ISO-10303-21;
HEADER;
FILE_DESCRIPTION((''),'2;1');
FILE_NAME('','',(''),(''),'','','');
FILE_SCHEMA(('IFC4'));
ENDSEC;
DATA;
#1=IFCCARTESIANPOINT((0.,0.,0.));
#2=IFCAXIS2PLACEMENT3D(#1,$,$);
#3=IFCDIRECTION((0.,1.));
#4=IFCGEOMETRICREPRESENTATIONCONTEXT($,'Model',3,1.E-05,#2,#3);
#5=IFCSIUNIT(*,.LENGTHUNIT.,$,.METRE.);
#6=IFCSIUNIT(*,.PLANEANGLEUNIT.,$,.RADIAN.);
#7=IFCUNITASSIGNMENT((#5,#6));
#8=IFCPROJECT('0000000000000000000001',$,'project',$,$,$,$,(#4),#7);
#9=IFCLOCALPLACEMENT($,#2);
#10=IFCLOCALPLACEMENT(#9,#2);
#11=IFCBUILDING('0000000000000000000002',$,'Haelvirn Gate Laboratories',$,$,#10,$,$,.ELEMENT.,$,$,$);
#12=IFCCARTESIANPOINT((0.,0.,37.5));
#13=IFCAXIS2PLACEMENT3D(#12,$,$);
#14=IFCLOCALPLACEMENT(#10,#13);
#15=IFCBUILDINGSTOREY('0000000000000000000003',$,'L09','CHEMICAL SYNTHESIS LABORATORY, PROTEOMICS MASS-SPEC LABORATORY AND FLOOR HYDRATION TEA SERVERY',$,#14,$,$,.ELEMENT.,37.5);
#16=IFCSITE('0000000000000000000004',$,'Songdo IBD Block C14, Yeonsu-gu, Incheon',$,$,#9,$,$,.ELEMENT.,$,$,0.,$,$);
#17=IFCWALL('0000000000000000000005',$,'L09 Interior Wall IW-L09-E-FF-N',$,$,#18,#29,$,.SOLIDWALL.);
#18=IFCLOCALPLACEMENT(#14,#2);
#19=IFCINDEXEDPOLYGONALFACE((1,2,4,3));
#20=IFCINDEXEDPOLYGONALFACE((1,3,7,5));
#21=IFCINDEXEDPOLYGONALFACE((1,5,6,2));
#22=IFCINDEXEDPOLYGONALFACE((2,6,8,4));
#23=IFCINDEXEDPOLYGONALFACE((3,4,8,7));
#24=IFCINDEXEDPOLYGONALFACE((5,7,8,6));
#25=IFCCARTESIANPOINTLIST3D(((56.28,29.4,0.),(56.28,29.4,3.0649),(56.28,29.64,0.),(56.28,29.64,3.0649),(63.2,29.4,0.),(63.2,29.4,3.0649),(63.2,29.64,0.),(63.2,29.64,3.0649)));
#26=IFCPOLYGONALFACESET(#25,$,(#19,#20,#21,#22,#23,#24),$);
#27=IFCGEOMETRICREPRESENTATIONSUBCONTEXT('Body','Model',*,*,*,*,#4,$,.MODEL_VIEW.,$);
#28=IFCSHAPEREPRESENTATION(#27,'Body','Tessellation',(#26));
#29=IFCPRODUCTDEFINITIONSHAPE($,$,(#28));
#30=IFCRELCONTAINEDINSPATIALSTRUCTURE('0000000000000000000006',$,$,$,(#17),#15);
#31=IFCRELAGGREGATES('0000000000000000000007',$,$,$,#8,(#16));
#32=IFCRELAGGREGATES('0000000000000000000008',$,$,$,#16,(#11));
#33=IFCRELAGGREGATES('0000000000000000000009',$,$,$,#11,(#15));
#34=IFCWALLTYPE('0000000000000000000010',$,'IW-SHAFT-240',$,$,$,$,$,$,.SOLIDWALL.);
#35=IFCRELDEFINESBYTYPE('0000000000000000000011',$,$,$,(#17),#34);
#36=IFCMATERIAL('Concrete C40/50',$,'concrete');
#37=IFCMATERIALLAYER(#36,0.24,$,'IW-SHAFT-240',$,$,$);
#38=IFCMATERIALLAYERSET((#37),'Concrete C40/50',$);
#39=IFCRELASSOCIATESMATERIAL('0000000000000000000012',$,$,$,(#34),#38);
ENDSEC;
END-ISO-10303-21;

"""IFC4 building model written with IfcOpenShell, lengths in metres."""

from ifc_helpers import new_model, si_unit, direction, frame, frame_2d, origin, place, context, subcontext, project, spatial, rectangle, extrude, material, layer, layer_set, type_object, element, save


model = new_model("IFC4")

# Units and contexts
model_context = context("Model", 3, precision=1e-05, world=origin(), true_north=direction((0.0, 1.0)))
body_context = subcontext(model_context, "Body", "Model", "MODEL_VIEW")
ifc_project = project(units=[si_unit("LENGTHUNIT", "METRE"), si_unit("PLANEANGLEUNIT", "RADIAN")], contexts=[model_context])

# Site, building, storey
site_placement = place(None, origin())
site = spatial("IfcSite", under=ifc_project, at=site_placement, Name="Songdo IBD Block C14, Yeonsu-gu, Incheon", CompositionType="ELEMENT", RefElevation=0.0)
building_placement = place(site_placement, origin())
building = spatial("IfcBuilding", under=site, at=building_placement, Name="Haelvirn Gate Laboratories", CompositionType="ELEMENT")
storey_placement = place(building_placement, frame((0.0, 0.0, 37.5)))
storey = spatial("IfcBuildingStorey", under=building, at=storey_placement, Name="L09", Description="CHEMICAL SYNTHESIS LABORATORY, PROTEOMICS MASS-SPEC LABORATORY AND FLOOR HYDRATION TEA SERVERY", CompositionType="ELEMENT", Elevation=37.5)

# Shared definitions
ifc_material_1 = material(Name="Concrete C40/50", Category="concrete")

# Shared definitions
ifc_layer_1 = layer(ifc_material_1, 0.24, Name="IW-SHAFT-240")
ifc_layer_set_1 = layer_set([ifc_layer_1], Name="Concrete C40/50")
wall_type_1 = type_object("IfcWallType", Name="IW-SHAFT-240", PredefinedType="SOLIDWALL", material=ifc_layer_set_1)

# Wall
wall_1_placement = place(storey_placement, frame((56.28, 29.52, 0.0), z_axis=(0.0, 0.0, 1.0), x_axis=(1.0, 0.0, 0.0)))
element("IfcWall", 1, at=wall_1_placement, inside=storey, type_object=wall_type_1, Name="L09 Interior Wall IW-L09-E-FF-N", PredefinedType="SOLIDWALL", context=body_context, shape_type="SweptSolid", body=[
    extrude(rectangle(XDim=6.9199, YDim=0.24, at=frame_2d((3.46, 0.0))), origin(), (0.0, 0.0, 1.0), 3.0649),
])

save(model, "model.ifc")
